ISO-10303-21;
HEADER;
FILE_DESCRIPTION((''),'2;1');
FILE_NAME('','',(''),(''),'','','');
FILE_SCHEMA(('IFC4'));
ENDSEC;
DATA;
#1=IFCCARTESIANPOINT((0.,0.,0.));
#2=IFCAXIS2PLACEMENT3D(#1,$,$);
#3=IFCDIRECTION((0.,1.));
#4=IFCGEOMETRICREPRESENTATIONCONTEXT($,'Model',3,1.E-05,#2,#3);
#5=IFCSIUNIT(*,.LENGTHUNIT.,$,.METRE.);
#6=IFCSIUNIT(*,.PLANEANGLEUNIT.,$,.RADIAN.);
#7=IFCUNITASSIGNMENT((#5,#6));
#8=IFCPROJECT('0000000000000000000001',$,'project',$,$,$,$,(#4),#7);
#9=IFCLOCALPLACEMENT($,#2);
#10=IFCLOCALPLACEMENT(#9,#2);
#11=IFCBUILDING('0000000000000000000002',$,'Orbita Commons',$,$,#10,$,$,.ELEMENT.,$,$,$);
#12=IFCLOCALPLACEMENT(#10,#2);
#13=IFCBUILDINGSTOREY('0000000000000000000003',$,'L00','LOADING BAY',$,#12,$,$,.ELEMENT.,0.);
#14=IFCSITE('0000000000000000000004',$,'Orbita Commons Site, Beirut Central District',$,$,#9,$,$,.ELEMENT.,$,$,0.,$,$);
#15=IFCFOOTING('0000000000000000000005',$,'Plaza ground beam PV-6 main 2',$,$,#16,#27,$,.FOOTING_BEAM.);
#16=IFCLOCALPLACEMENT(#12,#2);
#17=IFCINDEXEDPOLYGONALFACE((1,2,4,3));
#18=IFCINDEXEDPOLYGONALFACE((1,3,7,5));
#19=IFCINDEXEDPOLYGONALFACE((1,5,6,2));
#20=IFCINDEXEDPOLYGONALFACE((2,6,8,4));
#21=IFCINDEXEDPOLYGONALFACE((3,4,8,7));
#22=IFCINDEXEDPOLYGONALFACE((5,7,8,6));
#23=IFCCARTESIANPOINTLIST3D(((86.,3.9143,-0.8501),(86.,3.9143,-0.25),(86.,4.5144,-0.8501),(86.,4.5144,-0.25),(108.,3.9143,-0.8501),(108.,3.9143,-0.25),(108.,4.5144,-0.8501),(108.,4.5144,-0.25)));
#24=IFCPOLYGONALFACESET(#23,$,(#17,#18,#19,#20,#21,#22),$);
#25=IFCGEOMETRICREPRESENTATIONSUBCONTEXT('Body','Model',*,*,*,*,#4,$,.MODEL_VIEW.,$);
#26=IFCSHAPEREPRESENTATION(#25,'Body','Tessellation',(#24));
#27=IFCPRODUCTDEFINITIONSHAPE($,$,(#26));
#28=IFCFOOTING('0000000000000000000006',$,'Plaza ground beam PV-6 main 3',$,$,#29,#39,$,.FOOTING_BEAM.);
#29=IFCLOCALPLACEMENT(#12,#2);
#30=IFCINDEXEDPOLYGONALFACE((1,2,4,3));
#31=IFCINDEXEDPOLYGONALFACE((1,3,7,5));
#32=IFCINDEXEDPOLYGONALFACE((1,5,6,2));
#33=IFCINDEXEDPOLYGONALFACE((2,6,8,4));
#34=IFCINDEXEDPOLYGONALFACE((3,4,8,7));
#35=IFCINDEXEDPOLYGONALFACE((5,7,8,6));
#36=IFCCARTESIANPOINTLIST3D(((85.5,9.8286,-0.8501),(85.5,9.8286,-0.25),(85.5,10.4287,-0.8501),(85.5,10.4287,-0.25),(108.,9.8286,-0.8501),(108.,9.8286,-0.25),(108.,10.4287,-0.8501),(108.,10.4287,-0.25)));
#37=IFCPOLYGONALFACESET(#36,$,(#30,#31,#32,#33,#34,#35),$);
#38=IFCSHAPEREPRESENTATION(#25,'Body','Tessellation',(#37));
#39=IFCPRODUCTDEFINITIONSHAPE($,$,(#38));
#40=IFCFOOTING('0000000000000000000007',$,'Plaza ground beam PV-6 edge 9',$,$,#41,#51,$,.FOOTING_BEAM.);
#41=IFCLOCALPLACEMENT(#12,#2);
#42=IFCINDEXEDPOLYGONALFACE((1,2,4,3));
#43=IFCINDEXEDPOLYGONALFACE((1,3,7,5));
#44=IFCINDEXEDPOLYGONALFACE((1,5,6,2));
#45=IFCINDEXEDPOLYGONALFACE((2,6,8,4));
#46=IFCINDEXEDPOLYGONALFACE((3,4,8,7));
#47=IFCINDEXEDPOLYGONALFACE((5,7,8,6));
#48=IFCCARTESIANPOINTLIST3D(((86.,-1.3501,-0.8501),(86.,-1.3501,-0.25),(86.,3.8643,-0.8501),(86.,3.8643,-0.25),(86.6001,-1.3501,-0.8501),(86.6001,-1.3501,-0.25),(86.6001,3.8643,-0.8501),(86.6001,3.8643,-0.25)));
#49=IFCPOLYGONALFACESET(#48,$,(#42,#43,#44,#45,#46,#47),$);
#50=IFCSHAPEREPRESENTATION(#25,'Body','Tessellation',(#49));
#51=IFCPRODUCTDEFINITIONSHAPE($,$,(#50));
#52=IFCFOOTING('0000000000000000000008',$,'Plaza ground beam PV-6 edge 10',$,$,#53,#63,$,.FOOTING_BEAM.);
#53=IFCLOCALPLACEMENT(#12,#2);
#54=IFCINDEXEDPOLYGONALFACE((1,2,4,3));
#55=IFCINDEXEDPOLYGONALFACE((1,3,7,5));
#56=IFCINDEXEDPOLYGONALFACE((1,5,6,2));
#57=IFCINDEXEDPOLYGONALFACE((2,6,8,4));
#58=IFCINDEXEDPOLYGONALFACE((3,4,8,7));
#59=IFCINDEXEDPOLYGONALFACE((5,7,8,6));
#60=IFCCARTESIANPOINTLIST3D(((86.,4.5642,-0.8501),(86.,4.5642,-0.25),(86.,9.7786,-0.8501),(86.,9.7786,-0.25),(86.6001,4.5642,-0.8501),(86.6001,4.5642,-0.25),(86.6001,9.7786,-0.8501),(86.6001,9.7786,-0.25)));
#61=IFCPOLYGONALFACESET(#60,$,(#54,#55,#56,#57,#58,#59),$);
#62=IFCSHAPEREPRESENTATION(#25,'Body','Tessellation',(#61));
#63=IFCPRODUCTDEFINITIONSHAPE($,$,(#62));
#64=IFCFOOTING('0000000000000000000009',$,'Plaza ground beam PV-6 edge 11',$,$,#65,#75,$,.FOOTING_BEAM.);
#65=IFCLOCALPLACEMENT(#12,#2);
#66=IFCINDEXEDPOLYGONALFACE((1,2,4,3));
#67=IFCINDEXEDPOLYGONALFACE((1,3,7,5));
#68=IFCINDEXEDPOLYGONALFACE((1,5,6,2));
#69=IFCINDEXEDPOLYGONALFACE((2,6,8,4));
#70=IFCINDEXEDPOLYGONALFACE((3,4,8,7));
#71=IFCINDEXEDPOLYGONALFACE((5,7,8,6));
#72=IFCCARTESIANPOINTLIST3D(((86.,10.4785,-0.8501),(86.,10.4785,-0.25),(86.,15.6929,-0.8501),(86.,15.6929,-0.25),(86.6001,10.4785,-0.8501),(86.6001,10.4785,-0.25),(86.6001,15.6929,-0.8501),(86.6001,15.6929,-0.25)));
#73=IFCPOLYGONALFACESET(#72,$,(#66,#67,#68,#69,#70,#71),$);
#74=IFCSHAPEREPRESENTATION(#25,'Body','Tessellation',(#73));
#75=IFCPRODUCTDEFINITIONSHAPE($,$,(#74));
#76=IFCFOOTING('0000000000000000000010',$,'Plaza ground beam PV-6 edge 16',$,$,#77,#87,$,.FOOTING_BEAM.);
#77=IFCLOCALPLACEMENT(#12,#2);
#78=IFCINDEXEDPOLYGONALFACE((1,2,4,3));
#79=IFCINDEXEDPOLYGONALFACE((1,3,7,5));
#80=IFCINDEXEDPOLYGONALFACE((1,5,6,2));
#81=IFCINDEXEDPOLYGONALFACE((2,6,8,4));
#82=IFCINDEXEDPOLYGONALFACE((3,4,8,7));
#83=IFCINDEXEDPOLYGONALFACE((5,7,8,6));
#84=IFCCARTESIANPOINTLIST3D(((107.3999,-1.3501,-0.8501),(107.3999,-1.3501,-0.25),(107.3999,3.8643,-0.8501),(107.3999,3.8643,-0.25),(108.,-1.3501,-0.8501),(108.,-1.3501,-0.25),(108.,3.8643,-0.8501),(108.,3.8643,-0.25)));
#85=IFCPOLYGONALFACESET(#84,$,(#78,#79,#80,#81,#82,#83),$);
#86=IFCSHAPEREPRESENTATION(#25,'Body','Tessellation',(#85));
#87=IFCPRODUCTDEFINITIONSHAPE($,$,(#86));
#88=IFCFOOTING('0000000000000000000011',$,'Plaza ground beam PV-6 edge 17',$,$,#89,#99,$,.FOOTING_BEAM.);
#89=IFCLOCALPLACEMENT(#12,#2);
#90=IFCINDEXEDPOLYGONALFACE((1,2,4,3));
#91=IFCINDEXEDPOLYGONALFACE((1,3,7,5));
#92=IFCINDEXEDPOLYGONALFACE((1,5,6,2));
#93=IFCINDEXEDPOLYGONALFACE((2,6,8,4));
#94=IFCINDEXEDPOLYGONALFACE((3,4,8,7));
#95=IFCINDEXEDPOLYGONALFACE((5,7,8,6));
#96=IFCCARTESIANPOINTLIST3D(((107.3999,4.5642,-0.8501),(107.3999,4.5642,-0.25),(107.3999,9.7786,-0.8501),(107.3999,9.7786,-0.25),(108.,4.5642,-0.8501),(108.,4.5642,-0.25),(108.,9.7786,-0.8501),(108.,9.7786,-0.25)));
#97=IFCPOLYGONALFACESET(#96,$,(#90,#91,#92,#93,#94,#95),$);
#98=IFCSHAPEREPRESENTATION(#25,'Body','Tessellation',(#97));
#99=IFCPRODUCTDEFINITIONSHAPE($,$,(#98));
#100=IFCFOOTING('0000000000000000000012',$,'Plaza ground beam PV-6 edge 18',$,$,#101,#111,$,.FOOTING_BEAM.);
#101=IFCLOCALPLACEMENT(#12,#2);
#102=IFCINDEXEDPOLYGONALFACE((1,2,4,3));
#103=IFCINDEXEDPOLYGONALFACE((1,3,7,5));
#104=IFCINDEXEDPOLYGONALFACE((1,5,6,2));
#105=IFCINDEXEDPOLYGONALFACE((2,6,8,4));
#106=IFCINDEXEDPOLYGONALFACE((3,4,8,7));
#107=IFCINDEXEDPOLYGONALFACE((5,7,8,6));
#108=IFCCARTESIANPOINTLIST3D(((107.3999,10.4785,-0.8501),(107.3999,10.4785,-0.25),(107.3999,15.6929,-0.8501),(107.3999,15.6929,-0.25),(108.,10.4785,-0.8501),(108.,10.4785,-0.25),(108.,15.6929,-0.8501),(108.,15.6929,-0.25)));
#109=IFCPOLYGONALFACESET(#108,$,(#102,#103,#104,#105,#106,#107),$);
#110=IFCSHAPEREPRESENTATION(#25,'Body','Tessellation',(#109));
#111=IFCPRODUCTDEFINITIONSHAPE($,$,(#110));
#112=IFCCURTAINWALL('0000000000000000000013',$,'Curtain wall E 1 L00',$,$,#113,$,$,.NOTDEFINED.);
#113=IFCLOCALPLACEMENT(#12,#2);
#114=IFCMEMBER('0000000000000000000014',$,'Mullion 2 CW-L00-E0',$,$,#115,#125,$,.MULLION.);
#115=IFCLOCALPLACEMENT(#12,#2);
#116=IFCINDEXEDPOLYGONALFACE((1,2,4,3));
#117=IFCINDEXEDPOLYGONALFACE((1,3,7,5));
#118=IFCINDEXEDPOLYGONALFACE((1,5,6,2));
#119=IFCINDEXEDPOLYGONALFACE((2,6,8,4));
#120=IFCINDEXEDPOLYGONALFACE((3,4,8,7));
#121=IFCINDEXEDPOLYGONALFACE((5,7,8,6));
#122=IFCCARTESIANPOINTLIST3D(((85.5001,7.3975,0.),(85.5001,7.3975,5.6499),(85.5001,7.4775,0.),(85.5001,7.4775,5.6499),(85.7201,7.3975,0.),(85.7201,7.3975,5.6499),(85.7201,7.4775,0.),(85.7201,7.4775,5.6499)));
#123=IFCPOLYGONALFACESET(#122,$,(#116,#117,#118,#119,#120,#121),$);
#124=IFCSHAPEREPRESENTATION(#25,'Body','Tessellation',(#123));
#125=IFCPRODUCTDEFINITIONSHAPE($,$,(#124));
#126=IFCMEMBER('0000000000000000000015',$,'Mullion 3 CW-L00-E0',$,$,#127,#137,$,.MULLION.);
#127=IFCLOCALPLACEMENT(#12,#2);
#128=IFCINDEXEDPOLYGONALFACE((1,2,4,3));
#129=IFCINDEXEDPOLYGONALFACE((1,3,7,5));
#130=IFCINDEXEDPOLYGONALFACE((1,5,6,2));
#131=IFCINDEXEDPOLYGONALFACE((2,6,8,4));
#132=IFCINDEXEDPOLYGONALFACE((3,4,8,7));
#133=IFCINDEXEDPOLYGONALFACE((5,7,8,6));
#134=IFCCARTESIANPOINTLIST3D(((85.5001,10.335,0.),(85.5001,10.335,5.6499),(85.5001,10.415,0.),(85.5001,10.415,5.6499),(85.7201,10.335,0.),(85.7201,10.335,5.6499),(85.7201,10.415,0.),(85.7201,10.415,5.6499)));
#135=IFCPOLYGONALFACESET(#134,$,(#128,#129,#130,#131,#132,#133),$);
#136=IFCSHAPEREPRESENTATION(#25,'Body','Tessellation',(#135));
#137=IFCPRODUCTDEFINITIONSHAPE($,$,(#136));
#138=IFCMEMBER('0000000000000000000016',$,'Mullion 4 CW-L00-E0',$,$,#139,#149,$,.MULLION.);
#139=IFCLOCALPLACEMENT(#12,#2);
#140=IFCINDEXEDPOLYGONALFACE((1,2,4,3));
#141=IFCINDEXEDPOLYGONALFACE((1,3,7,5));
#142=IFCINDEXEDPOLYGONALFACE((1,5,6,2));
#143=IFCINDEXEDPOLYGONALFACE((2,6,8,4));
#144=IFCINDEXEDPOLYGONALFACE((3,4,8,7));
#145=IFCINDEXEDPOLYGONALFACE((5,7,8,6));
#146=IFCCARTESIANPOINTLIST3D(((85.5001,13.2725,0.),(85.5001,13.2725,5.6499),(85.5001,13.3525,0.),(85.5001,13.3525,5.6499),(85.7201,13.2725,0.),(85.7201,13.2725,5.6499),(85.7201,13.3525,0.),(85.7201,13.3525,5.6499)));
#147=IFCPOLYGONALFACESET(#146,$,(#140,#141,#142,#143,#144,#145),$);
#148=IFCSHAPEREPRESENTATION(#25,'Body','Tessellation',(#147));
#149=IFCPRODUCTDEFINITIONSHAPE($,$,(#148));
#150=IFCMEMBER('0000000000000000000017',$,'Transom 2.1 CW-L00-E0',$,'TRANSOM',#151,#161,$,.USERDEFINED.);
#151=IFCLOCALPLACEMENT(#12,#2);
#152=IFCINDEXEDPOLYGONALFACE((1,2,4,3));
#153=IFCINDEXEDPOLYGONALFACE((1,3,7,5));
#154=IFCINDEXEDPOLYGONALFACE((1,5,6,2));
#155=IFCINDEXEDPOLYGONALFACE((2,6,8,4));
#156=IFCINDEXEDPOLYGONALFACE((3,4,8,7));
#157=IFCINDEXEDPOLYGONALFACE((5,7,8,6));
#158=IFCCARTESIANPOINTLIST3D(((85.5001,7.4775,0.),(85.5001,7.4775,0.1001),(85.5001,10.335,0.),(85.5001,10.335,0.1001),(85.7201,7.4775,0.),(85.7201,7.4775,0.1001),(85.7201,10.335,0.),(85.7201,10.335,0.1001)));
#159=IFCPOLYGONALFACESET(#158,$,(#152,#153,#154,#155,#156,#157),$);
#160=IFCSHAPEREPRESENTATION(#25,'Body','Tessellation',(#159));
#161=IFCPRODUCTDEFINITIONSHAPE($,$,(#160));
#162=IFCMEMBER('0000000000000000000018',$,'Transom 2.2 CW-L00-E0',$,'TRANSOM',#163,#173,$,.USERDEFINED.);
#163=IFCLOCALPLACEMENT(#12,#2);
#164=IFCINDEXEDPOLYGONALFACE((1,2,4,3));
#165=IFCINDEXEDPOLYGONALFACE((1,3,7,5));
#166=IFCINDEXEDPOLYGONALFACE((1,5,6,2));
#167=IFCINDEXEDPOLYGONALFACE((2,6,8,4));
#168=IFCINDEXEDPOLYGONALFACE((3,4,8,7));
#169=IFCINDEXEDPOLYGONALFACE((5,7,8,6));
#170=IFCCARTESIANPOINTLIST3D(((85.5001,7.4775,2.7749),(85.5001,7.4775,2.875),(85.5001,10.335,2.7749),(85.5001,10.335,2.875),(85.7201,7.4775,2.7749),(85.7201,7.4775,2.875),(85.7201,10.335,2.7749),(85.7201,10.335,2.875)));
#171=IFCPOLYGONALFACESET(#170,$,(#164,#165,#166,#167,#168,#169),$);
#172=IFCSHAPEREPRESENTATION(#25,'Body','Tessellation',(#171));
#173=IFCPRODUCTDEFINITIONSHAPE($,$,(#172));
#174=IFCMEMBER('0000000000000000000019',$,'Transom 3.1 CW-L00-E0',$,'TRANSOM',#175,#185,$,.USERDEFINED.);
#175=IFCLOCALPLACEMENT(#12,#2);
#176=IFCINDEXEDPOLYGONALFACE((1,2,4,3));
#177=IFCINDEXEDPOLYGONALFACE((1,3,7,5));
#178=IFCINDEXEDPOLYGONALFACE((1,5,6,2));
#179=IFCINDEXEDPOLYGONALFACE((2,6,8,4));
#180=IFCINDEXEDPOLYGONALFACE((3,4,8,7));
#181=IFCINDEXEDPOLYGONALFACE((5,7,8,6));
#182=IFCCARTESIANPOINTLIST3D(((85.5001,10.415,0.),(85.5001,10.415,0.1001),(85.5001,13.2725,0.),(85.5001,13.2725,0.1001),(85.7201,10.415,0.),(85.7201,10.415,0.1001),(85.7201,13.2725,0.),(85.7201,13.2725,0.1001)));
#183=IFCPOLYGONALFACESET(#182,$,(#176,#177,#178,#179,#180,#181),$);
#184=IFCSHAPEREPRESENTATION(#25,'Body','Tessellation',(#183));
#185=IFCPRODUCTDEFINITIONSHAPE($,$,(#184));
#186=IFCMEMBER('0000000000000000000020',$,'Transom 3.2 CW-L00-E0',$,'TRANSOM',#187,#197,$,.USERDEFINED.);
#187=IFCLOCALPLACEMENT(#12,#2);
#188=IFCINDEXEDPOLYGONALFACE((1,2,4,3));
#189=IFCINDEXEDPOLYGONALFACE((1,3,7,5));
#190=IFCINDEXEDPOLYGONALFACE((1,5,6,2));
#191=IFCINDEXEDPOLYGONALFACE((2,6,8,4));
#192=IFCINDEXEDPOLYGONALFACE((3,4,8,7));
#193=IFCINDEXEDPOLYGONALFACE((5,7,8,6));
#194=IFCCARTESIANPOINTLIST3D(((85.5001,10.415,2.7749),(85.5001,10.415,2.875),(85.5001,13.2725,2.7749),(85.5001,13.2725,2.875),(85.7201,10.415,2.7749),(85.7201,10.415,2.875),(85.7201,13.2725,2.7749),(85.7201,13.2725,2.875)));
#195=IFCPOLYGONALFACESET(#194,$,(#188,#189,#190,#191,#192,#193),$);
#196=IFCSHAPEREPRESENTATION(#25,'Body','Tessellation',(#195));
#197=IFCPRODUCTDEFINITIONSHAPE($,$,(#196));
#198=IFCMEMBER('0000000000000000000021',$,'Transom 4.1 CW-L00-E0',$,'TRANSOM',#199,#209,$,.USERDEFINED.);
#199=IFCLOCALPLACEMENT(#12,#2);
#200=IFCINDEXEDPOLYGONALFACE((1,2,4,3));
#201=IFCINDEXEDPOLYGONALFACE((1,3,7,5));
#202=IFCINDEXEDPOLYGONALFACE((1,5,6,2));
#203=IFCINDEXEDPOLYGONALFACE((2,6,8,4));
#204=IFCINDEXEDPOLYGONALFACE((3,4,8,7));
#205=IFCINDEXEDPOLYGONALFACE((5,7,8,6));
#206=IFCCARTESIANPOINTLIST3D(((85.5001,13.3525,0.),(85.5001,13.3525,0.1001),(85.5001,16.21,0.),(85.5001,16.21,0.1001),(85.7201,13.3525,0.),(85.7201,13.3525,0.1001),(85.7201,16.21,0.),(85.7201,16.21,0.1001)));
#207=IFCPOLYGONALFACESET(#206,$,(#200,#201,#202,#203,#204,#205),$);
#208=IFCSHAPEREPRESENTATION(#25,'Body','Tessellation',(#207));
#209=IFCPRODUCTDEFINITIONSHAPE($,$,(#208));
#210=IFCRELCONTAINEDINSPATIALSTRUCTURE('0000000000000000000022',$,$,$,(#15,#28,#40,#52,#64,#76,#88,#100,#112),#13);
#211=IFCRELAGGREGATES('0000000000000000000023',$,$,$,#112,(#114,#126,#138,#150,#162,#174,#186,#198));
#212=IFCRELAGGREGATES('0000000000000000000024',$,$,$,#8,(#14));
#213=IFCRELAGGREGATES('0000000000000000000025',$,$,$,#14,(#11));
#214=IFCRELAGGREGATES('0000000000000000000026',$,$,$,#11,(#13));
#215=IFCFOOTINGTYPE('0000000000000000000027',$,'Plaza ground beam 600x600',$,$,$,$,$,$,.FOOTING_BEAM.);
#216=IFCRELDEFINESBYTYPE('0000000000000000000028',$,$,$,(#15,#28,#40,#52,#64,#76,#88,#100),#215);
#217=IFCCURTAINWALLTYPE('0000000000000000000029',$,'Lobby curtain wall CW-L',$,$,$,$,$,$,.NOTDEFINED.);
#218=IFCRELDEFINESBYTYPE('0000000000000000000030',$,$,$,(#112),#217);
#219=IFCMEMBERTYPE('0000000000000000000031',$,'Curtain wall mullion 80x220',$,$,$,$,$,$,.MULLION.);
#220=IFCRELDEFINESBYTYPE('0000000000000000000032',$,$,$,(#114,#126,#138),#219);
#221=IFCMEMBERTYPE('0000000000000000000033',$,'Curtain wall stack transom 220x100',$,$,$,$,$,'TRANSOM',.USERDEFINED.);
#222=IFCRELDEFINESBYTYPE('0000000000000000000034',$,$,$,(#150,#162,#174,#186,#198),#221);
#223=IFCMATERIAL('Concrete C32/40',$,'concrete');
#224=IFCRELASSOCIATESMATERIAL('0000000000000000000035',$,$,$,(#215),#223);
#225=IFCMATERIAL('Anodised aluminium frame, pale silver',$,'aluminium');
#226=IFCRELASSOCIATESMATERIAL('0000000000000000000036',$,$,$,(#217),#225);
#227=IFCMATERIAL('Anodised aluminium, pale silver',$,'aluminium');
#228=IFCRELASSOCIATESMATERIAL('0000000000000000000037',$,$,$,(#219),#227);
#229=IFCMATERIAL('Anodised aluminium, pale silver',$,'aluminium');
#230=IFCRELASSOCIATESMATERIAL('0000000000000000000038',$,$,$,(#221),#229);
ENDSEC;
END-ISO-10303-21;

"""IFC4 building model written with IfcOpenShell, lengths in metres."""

from ifc_helpers import new_model, si_unit, direction, frame, origin, origin_2d, place, context, subcontext, project, spatial, rectangle, extrude, material, material_profile, profile_set, type_object, element, aggregate, save


model = new_model("IFC4")

# Units and contexts
model_context = context("Model", 3, precision=1e-05, world=origin(), true_north=direction((0.0, 1.0)))
body_context = subcontext(model_context, "Body", "Model", "MODEL_VIEW")
ifc_project = project(units=[si_unit("LENGTHUNIT", "METRE"), si_unit("PLANEANGLEUNIT", "RADIAN")], contexts=[model_context])

# Site, building, storey
site_placement = place(None, origin())
site = spatial("IfcSite", under=ifc_project, at=site_placement, Name="Orbita Commons Site, Beirut Central District", CompositionType="ELEMENT", RefElevation=0.0)
building_placement = place(site_placement, origin())
building = spatial("IfcBuilding", under=site, at=building_placement, Name="Orbita Commons", CompositionType="ELEMENT")
storey_placement = place(building_placement, origin())
storey = spatial("IfcBuildingStorey", under=building, at=storey_placement, Name="L00", Description="LOADING BAY", CompositionType="ELEMENT", Elevation=0.0)

# Footings
ifc_material_1 = material(Name="Concrete C32/40", Category="concrete")
footing_type = type_object("IfcFootingType", Name="Plaza ground beam 600x600", PredefinedType="FOOTING_BEAM", material=ifc_material_1)
footing_1_placement = place(storey_placement, frame((97.0, 4.2144, -0.8501), z_axis=(0.0, 0.0, 1.0), x_axis=(1.0, 0.0, 0.0)))
element("IfcFooting", 1, at=footing_1_placement, inside=storey, type_object=footing_type, Name="Plaza ground beam PV-6 main 2", PredefinedType="FOOTING_BEAM", context=body_context, shape_type="SweptSolid", body=[
    extrude(rectangle(XDim=22.0, YDim=0.6001, at=origin_2d()), origin(), (0.0, 0.0, 1.0), 0.6001),
])
footing_2_placement = place(storey_placement, frame((96.75, 10.1287, -0.8501), z_axis=(0.0, 0.0, 1.0), x_axis=(1.0, 0.0, 0.0)))
element("IfcFooting", 2, at=footing_2_placement, inside=storey, type_object=footing_type, Name="Plaza ground beam PV-6 main 3", PredefinedType="FOOTING_BEAM", context=body_context, shape_type="SweptSolid", body=[
    extrude(rectangle(XDim=22.5, YDim=0.6001, at=origin_2d()), origin(), (0.0, 0.0, 1.0), 0.6001),
])
for number, where, z_axis, x_axis, name in (
    (3, (86.3, 1.2571, -0.8501), (0.0, 0.0, 1.0), (1.0, 0.0, 0.0), "Plaza ground beam PV-6 edge 9"),
    (4, (86.3, 7.1714, -0.8501), (0.0, 0.0, 1.0), (1.0, 0.0, 0.0), "Plaza ground beam PV-6 edge 10"),
    (5, (86.3, 13.0857, -0.8501), (0.0, 0.0, 1.0), (1.0, 0.0, 0.0), "Plaza ground beam PV-6 edge 11"),
    (6, (107.7, 1.2571, -0.8501), (0.0, 0.0, 1.0), (1.0, 0.0, 0.0), "Plaza ground beam PV-6 edge 16"),
    (7, (107.7, 7.1714, -0.8501), (0.0, 0.0, 1.0), (1.0, 0.0, 0.0), "Plaza ground beam PV-6 edge 17"),
    (8, (107.7, 13.0857, -0.8501), (0.0, 0.0, 1.0), (1.0, 0.0, 0.0), "Plaza ground beam PV-6 edge 18"),
):
    element("IfcFooting", number, at=place(storey_placement, frame(where, z_axis=z_axis, x_axis=x_axis)), inside=storey, type_object=footing_type, Name=name, PredefinedType="FOOTING_BEAM", context=body_context, shape_type="SweptSolid", body=[
        extrude(rectangle(XDim=0.6001, YDim=5.2144, at=origin_2d()), origin(), (0.0, 0.0, 1.0), 0.6001),
    ])

# Curtain wall, members
ifc_material_2 = material(Name="Anodised aluminium frame, pale silver", Category="aluminium")
curtain_wall_type = type_object("IfcCurtainWallType", Name="Lobby curtain wall CW-L", PredefinedType="NOTDEFINED", material=ifc_material_2)
curtain_wall_placement = place(storey_placement, origin())
curtain_wall = element("IfcCurtainWall", 9, at=curtain_wall_placement, inside=storey, type_object=curtain_wall_type, Name="Curtain wall E 1 L00", PredefinedType="NOTDEFINED")
ifc_material_3 = material(Name="Anodised aluminium, pale silver", Category="aluminium")
ifc_material_profile_1 = material_profile(ifc_material_3, rectangle(XDim=0.0801, YDim=0.22, at=origin_2d()), Name="AL 80x220")
ifc_profile_set_1 = profile_set([ifc_material_profile_1], Name="Anodised aluminium, pale silver")
member_type_1 = type_object("IfcMemberType", Name="Curtain wall mullion 80x220", PredefinedType="MULLION", material=ifc_profile_set_1)
member_1_placement = place(storey_placement, frame((85.6101, 7.4375, 0.0), z_axis=(0.0, 0.0, 1.0), x_axis=(0.0, 1.0, 0.0)))
member_1 = element("IfcMember", 10, at=member_1_placement, type_object=member_type_1, Name="Mullion 2 CW-L00-E0", PredefinedType="MULLION", context=body_context, shape_type="SweptSolid", body=[
    extrude(rectangle(XDim=0.0801, YDim=0.22, at=origin_2d()), origin(), (0.0, 0.0, 1.0), 5.6499),
])
member_2_placement = place(storey_placement, frame((85.6101, 10.375, 0.0), z_axis=(0.0, 0.0, 1.0), x_axis=(0.0, 1.0, 0.0)))
member_2 = element("IfcMember", 11, at=member_2_placement, type_object=member_type_1, Name="Mullion 3 CW-L00-E0", PredefinedType="MULLION", context=body_context, shape_type="SweptSolid", body=[
    extrude(rectangle(XDim=0.0801, YDim=0.22, at=origin_2d()), origin(), (0.0, 0.0, 1.0), 5.6499),
])
member_3_placement = place(storey_placement, frame((85.6101, 13.3125, 0.0), z_axis=(0.0, 0.0, 1.0), x_axis=(0.0, 1.0, 0.0)))
member_3 = element("IfcMember", 12, at=member_3_placement, type_object=member_type_1, Name="Mullion 4 CW-L00-E0", PredefinedType="MULLION", context=body_context, shape_type="SweptSolid", body=[
    extrude(rectangle(XDim=0.0801, YDim=0.22, at=origin_2d()), origin(), (0.0, 0.0, 1.0), 5.6499),
])
ifc_material_4 = material(Name="Anodised aluminium, pale silver", Category="aluminium")
ifc_material_profile_2 = material_profile(ifc_material_4, rectangle(XDim=0.22, YDim=0.1001, at=origin_2d()), Name="AL 220x100")
ifc_profile_set_2 = profile_set([ifc_material_profile_2], Name="Anodised aluminium, pale silver")
member_type_2 = type_object("IfcMemberType", Name="Curtain wall stack transom 220x100", ElementType="TRANSOM", PredefinedType="USERDEFINED", material=ifc_profile_set_2)
member_4_placement = place(storey_placement, frame((85.6101, 7.4775, 0.05), z_axis=(0.0, 1.0, 0.0), x_axis=(-1.0, 0.0, 0.0)))
member_4 = element("IfcMember", 13, at=member_4_placement, type_object=member_type_2, Name="Transom 2.1 CW-L00-E0", ObjectType="TRANSOM", PredefinedType="USERDEFINED", context=body_context, shape_type="SweptSolid", body=[
    extrude(rectangle(XDim=0.22, YDim=0.1001, at=origin_2d()), origin(), (0.0, 0.0, 1.0), 2.8574),
])
member_5_placement = place(storey_placement, frame((85.6101, 7.4775, 2.825), z_axis=(0.0, 1.0, 0.0), x_axis=(-1.0, 0.0, 0.0)))
member_5 = element("IfcMember", 14, at=member_5_placement, type_object=member_type_2, Name="Transom 2.2 CW-L00-E0", ObjectType="TRANSOM", PredefinedType="USERDEFINED", context=body_context, shape_type="SweptSolid", body=[
    extrude(rectangle(XDim=0.22, YDim=0.1001, at=origin_2d()), origin(), (0.0, 0.0, 1.0), 2.8574),
])
member_6_placement = place(storey_placement, frame((85.6101, 10.415, 0.05), z_axis=(0.0, 1.0, 0.0), x_axis=(-1.0, 0.0, 0.0)))
member_6 = element("IfcMember", 15, at=member_6_placement, type_object=member_type_2, Name="Transom 3.1 CW-L00-E0", ObjectType="TRANSOM", PredefinedType="USERDEFINED", context=body_context, shape_type="SweptSolid", body=[
    extrude(rectangle(XDim=0.22, YDim=0.1001, at=origin_2d()), origin(), (0.0, 0.0, 1.0), 2.8574),
])
member_7_placement = place(storey_placement, frame((85.6101, 10.415, 2.825), z_axis=(0.0, 1.0, 0.0), x_axis=(-1.0, 0.0, 0.0)))
member_7 = element("IfcMember", 16, at=member_7_placement, type_object=member_type_2, Name="Transom 3.2 CW-L00-E0", ObjectType="TRANSOM", PredefinedType="USERDEFINED", context=body_context, shape_type="SweptSolid", body=[
    extrude(rectangle(XDim=0.22, YDim=0.1001, at=origin_2d()), origin(), (0.0, 0.0, 1.0), 2.8574),
])
member_8_placement = place(storey_placement, frame((85.6101, 13.3525, 0.05), z_axis=(0.0, 1.0, 0.0), x_axis=(-1.0, 0.0, 0.0)))
member_8 = element("IfcMember", 17, at=member_8_placement, type_object=member_type_2, Name="Transom 4.1 CW-L00-E0", ObjectType="TRANSOM", PredefinedType="USERDEFINED", context=body_context, shape_type="SweptSolid", body=[
    extrude(rectangle(XDim=0.22, YDim=0.1001, at=origin_2d()), origin(), (0.0, 0.0, 1.0), 2.8574),
])
aggregate(curtain_wall, [member_1, member_2, member_3, member_4, member_5, member_6, member_7, member_8])

save(model, "model.ifc")
